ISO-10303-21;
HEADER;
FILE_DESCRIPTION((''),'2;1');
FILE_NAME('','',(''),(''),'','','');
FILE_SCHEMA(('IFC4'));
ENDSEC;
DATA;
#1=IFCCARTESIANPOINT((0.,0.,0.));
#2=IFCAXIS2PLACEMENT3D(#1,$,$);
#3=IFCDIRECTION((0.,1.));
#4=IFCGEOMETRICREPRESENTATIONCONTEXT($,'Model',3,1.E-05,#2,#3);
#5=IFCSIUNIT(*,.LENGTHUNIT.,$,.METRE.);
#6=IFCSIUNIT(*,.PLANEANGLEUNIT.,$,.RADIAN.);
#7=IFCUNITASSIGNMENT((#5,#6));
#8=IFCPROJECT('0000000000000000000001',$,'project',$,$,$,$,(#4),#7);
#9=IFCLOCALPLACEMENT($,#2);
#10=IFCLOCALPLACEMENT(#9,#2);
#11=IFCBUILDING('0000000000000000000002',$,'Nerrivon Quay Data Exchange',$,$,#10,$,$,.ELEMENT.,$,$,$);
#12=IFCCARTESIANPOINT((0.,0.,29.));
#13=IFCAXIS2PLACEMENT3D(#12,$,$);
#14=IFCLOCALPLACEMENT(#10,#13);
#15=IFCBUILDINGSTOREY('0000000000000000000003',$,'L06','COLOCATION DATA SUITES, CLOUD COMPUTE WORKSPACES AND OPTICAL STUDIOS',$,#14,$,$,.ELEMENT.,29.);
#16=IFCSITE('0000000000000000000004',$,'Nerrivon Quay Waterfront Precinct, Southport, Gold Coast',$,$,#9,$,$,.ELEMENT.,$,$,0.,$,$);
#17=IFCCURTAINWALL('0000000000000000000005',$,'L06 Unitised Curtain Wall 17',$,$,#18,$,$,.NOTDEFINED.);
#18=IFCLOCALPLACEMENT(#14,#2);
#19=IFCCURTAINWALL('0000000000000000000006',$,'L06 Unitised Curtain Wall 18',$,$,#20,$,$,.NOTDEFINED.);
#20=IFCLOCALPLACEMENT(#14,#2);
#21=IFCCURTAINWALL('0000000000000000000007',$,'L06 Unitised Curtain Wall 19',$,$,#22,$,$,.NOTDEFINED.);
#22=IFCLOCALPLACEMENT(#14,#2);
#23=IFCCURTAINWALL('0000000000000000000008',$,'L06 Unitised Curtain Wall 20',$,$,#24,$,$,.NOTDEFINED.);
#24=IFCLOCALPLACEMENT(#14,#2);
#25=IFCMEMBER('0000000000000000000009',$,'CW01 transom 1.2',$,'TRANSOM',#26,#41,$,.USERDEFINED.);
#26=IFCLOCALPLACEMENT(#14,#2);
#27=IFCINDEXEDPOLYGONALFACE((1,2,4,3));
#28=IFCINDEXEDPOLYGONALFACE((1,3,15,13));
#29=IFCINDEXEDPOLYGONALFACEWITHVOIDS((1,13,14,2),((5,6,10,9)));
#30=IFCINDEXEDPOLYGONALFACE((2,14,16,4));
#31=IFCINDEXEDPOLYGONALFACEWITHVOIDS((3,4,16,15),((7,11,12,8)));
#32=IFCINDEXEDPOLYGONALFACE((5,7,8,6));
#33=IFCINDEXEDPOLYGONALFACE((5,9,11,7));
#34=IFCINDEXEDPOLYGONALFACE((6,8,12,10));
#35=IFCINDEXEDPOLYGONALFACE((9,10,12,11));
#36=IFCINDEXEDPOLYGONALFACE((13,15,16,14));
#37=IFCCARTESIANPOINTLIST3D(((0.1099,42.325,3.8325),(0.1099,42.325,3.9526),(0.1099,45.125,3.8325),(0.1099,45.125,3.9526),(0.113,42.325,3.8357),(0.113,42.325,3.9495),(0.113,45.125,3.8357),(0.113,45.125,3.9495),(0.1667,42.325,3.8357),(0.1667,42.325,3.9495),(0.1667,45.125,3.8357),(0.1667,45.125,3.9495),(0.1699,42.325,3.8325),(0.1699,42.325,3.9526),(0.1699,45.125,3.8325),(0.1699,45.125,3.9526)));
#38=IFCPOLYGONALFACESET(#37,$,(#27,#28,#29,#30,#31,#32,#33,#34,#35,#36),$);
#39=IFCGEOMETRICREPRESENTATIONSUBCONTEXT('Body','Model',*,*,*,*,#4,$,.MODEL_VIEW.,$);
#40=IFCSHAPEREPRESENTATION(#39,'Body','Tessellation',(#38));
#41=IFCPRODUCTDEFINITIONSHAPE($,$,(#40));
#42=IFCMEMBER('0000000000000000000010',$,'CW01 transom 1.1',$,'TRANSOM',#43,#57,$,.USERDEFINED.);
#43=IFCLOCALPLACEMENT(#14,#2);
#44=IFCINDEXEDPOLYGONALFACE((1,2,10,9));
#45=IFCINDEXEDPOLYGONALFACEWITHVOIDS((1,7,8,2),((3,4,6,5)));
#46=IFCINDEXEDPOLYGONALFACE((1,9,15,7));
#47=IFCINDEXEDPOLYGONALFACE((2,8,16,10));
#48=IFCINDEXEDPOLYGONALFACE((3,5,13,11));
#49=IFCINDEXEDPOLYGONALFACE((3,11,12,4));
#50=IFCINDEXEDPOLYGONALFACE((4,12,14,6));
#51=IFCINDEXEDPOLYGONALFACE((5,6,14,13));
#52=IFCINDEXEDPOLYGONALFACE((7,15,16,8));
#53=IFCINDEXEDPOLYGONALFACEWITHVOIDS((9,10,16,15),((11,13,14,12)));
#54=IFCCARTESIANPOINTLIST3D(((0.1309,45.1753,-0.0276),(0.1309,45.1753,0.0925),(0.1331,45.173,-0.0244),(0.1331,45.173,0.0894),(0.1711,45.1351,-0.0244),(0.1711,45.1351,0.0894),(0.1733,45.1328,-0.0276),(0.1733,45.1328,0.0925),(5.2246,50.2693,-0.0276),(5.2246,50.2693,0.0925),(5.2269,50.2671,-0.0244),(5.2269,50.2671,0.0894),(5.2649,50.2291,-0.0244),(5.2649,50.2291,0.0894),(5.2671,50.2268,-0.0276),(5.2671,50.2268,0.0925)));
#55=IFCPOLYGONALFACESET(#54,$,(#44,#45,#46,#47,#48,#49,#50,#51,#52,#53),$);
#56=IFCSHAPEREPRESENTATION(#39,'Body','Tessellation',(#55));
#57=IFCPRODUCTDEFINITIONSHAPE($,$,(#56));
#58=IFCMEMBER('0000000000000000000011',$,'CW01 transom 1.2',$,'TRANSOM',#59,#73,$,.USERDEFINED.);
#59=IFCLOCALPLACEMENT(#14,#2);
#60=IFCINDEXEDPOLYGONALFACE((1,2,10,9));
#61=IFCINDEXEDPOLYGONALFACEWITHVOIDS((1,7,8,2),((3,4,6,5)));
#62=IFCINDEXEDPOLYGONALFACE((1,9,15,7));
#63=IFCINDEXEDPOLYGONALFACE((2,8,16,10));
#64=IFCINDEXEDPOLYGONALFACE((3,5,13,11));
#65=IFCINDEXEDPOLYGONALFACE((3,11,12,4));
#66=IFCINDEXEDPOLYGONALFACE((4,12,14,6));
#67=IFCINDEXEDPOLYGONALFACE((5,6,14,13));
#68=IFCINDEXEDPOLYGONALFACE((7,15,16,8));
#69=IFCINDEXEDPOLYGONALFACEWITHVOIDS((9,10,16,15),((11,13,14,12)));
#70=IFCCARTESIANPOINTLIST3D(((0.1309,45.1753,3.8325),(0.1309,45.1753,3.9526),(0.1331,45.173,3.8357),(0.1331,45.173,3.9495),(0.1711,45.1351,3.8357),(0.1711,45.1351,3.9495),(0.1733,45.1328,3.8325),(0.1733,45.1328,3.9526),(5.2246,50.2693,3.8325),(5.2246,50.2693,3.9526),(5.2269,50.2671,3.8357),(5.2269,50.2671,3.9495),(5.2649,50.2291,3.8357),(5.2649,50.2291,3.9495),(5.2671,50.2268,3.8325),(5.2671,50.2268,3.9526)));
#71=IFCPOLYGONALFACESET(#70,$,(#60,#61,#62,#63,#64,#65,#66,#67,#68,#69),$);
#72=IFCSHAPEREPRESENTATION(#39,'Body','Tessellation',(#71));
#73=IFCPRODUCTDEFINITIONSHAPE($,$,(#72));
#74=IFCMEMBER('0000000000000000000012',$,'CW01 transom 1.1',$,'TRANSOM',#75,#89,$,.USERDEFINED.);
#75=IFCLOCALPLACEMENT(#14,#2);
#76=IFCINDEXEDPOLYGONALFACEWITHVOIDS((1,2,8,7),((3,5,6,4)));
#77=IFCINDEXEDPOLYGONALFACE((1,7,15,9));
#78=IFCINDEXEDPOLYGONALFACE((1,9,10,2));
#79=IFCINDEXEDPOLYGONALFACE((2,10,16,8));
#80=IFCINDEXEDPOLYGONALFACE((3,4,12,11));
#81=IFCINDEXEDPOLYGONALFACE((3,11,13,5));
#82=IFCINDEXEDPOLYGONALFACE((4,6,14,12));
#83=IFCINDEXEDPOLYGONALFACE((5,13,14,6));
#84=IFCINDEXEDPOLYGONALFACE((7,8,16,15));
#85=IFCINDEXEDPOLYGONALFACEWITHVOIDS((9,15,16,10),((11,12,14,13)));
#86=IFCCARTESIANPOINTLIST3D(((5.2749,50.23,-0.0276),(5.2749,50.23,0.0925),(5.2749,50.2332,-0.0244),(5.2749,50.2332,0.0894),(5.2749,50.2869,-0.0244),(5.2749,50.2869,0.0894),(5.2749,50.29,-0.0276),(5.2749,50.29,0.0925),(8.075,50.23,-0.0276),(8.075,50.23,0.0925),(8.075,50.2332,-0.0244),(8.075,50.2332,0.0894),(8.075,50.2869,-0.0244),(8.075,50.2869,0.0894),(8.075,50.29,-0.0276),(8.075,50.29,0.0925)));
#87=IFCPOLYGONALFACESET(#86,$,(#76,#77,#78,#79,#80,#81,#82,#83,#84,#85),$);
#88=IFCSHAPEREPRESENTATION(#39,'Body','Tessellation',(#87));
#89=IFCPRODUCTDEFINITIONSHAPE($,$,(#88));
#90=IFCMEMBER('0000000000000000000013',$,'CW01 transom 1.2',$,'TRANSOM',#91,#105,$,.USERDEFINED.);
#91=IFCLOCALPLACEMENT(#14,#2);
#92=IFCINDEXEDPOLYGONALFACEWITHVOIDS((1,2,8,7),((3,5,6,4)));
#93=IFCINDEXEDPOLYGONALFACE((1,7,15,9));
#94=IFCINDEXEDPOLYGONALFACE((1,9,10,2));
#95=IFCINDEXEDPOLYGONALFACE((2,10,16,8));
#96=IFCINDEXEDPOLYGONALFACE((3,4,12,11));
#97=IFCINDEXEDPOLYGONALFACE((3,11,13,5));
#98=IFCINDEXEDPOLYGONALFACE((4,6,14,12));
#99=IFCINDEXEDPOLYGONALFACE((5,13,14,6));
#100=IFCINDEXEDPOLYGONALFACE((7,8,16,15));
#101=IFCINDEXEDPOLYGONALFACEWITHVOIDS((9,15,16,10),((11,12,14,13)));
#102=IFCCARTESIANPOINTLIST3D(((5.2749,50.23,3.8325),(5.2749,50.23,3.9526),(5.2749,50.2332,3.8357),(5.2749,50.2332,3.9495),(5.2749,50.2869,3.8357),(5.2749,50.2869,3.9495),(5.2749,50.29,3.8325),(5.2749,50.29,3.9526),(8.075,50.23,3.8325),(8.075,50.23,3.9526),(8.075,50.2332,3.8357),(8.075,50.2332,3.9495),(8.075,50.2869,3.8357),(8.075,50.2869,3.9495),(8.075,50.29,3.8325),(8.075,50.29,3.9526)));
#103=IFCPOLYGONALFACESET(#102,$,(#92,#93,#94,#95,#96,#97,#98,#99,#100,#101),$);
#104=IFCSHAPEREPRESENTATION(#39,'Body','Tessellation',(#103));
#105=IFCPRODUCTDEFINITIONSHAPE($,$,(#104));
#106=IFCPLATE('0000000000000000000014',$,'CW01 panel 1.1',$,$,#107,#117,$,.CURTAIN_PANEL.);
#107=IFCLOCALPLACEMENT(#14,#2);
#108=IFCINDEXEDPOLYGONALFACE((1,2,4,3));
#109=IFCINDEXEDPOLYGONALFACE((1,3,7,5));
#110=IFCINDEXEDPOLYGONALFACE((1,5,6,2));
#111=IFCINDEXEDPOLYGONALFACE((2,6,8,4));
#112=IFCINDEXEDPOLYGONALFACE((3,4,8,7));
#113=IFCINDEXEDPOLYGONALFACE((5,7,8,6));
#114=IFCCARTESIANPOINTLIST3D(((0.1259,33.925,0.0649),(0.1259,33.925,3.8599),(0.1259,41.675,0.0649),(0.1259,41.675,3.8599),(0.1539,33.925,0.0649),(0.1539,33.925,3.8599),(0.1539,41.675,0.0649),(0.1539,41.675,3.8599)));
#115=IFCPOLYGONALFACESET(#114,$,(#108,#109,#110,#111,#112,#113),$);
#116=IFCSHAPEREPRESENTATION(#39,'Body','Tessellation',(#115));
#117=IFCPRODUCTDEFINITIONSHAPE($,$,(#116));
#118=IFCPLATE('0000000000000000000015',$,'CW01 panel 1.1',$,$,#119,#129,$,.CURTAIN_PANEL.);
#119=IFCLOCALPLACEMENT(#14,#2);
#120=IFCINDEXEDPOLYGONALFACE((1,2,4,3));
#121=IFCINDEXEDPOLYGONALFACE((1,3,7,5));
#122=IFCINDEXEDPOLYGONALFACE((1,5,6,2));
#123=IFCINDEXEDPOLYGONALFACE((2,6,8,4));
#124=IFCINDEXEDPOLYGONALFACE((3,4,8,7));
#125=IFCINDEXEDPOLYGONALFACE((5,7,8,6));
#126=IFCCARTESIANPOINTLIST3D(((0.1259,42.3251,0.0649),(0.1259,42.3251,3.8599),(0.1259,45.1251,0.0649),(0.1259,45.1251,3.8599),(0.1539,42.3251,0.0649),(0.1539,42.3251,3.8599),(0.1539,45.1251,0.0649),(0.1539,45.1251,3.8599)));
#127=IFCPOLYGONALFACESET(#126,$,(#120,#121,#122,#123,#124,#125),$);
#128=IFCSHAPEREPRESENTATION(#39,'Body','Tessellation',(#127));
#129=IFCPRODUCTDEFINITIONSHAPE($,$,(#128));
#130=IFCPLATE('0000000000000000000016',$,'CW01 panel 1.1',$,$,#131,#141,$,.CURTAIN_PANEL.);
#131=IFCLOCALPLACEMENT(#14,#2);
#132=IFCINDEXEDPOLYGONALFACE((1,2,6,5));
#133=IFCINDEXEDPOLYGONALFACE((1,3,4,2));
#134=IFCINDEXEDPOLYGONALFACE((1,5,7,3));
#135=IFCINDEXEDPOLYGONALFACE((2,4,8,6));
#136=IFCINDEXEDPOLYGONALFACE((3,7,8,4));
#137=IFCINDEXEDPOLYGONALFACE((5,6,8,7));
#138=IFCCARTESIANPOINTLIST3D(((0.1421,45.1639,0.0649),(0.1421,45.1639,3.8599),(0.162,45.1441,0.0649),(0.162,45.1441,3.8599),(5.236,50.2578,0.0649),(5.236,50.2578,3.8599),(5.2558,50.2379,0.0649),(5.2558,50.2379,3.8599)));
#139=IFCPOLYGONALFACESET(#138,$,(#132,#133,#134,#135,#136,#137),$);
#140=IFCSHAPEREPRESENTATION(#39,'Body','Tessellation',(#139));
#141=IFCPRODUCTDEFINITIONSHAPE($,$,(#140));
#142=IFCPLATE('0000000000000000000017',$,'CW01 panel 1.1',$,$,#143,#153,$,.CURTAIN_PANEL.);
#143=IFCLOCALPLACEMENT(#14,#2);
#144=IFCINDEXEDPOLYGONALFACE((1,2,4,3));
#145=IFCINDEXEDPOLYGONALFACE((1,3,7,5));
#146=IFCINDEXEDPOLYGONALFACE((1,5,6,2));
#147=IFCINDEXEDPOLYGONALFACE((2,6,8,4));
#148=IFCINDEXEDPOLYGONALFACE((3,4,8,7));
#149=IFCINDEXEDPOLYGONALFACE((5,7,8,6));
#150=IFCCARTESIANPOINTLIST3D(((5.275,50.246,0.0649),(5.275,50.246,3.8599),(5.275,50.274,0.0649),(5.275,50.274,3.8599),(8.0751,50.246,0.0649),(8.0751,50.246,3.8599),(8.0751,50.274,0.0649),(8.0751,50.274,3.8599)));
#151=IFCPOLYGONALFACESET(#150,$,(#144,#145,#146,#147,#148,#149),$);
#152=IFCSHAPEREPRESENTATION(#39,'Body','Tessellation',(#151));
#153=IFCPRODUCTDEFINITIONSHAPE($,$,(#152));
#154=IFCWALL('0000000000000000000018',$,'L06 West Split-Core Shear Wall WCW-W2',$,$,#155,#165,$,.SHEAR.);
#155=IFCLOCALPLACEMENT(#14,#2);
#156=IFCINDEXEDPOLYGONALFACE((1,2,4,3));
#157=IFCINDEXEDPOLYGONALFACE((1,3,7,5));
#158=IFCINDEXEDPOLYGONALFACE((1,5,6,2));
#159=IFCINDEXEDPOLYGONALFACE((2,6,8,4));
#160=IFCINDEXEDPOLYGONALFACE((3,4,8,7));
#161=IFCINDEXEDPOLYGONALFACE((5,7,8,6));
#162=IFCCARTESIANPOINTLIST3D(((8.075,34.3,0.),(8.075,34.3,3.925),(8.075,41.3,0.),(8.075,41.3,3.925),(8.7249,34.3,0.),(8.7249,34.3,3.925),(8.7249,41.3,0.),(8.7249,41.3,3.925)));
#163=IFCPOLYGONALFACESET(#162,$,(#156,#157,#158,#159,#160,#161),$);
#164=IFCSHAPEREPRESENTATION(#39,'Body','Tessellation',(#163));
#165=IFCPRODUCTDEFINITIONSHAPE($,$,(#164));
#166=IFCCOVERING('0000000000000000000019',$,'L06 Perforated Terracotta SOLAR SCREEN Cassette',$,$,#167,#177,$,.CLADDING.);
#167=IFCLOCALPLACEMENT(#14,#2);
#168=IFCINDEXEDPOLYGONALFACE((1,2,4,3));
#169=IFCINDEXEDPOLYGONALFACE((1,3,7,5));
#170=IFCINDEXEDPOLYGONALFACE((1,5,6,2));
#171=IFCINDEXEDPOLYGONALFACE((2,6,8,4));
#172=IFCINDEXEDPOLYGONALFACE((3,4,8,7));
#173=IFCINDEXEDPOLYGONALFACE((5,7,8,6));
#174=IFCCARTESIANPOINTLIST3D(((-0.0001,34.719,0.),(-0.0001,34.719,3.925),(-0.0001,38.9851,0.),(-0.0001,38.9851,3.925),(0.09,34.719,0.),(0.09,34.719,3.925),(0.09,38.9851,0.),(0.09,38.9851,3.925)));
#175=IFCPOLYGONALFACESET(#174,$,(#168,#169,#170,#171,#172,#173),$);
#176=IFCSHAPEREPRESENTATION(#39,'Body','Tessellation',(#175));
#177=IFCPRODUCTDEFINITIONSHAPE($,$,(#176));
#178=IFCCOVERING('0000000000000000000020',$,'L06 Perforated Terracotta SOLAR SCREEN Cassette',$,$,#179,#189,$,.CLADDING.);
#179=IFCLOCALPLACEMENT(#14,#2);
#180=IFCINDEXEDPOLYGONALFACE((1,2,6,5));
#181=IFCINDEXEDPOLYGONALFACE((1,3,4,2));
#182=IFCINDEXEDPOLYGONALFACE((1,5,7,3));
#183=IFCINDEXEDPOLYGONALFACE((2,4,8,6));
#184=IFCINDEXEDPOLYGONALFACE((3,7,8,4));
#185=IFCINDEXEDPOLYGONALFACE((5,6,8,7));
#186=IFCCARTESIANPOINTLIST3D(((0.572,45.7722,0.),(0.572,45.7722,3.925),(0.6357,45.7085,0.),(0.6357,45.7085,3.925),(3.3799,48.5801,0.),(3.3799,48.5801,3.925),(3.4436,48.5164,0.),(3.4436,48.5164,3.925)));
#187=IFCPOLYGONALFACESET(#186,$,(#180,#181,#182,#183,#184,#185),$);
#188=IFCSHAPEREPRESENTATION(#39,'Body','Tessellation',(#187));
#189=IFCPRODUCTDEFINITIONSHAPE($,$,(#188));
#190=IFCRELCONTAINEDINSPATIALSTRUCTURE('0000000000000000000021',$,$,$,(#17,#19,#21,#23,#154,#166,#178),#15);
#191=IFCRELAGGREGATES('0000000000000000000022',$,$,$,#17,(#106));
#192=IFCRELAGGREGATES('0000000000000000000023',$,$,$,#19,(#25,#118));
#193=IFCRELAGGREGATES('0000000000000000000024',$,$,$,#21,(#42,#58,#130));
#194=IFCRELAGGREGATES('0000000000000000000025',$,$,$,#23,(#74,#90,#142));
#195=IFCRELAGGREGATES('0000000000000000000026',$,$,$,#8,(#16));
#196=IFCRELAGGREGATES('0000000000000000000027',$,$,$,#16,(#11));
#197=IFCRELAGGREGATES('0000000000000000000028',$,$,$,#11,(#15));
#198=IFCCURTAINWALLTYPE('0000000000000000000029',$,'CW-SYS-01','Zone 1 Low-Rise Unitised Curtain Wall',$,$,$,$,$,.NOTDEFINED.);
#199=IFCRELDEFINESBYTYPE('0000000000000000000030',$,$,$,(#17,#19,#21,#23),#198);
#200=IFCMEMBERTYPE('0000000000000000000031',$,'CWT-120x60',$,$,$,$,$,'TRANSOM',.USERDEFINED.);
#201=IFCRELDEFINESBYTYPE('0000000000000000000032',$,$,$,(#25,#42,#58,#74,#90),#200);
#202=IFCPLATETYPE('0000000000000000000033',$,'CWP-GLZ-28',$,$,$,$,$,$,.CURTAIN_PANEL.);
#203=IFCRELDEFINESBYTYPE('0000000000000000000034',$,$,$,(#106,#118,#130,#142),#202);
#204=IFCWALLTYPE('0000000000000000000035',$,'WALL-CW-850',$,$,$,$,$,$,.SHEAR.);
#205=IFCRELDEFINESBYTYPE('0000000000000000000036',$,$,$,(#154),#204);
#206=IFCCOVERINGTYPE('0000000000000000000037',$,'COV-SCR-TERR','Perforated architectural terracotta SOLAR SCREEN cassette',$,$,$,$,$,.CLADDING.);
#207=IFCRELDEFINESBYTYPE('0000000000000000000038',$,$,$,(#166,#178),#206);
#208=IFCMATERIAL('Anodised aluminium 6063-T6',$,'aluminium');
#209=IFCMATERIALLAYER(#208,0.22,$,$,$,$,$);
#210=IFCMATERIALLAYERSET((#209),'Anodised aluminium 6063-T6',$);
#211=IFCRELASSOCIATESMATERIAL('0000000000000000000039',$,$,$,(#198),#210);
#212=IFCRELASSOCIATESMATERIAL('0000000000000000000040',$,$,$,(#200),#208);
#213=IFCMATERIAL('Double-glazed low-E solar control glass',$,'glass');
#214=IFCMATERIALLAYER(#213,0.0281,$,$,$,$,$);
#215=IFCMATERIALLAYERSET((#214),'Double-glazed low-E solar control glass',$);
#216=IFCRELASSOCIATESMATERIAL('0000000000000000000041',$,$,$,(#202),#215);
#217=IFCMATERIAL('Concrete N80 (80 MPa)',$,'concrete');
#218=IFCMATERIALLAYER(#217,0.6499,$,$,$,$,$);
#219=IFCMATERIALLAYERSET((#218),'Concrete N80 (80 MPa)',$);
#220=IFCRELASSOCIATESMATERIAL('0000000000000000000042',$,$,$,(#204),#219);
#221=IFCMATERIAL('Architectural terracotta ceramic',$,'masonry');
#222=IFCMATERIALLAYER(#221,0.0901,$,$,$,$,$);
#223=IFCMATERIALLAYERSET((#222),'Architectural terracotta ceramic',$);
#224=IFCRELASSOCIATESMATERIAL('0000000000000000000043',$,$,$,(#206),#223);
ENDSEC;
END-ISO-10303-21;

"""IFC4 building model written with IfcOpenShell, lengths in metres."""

from ifc_helpers import new_model, si_unit, direction, frame, frame_2d, origin, origin_2d, place, context, subcontext, project, spatial, rectangle, hollow_rectangle, extrude, material, layer, layer_set, material_profile, profile_set, type_object, element, aggregate, save


model = new_model("IFC4")

# Units and contexts
model_context = context("Model", 3, precision=1e-05, world=origin(), true_north=direction((0.0, 1.0)))
body_context = subcontext(model_context, "Body", "Model", "MODEL_VIEW")
ifc_project = project(units=[si_unit("LENGTHUNIT", "METRE"), si_unit("PLANEANGLEUNIT", "RADIAN")], contexts=[model_context])

# Site, building, storey
site_placement = place(None, origin())
site = spatial("IfcSite", under=ifc_project, at=site_placement, Name="Nerrivon Quay Waterfront Precinct, Southport, Gold Coast", CompositionType="ELEMENT", RefElevation=0.0)
building_placement = place(site_placement, origin())
building = spatial("IfcBuilding", under=site, at=building_placement, Name="Nerrivon Quay Data Exchange", CompositionType="ELEMENT")
storey_placement = place(building_placement, frame((0.0, 0.0, 29.0)))
storey = spatial("IfcBuildingStorey", under=building, at=storey_placement, Name="L06", Description="COLOCATION DATA SUITES, CLOUD COMPUTE WORKSPACES AND OPTICAL STUDIOS", CompositionType="ELEMENT", Elevation=29.0)

# Shared definitions
ifc_material_1 = material(Name="Concrete N80 (80 MPa)", Category="concrete")

# Curtain wall
ifc_material_2 = material(Name="Anodised aluminium 6063-T6", Category="aluminium")
ifc_layer_1 = layer(ifc_material_2, 0.22)
ifc_layer_set_1 = layer_set([ifc_layer_1], Name="Anodised aluminium 6063-T6")
curtain_wall_type = type_object("IfcCurtainWallType", Name="CW-SYS-01", Description="Zone 1 Low-Rise Unitised Curtain Wall", PredefinedType="NOTDEFINED", material=ifc_layer_set_1)
curtain_wall_1_placement = place(storey_placement, origin())
curtain_wall_1 = element("IfcCurtainWall", 1, at=curtain_wall_1_placement, inside=storey, type_object=curtain_wall_type, Name="L06 Unitised Curtain Wall 17", PredefinedType="NOTDEFINED")

# Curtain walls
curtain_wall_2_placement = place(storey_placement, origin())
curtain_wall_2 = element("IfcCurtainWall", 2, at=curtain_wall_2_placement, inside=storey, type_object=curtain_wall_type, Name="L06 Unitised Curtain Wall 18", PredefinedType="NOTDEFINED")
curtain_wall_3_placement = place(storey_placement, origin())
curtain_wall_3 = element("IfcCurtainWall", 3, at=curtain_wall_3_placement, inside=storey, type_object=curtain_wall_type, Name="L06 Unitised Curtain Wall 19", PredefinedType="NOTDEFINED")
curtain_wall_4_placement = place(storey_placement, origin())
curtain_wall_4 = element("IfcCurtainWall", 4, at=curtain_wall_4_placement, inside=storey, type_object=curtain_wall_type, Name="L06 Unitised Curtain Wall 20", PredefinedType="NOTDEFINED")

# Members
ifc_material_profile_1 = material_profile(ifc_material_2, hollow_rectangle(XDim=0.0601, YDim=0.1201, WallThickness=0.0032, at=origin_2d()), Name="ALU-TRAN-120x60")
ifc_profile_set_1 = profile_set([ifc_material_profile_1], Name="Anodised aluminium 6063-T6")
member_type_1 = type_object("IfcMemberType", Name="CWT-120x60", ElementType="TRANSOM", PredefinedType="USERDEFINED", material=ifc_profile_set_1)
member_1_placement = place(storey_placement, frame((0.1399, 42.325, 3.8926), z_axis=(0.0, 1.0, 0.0), x_axis=(-1.0, 0.0, 0.0)))
member_1 = element("IfcMember", 5, at=member_1_placement, type_object=member_type_1, Name="CW01 transom 1.2", ObjectType="TRANSOM", PredefinedType="USERDEFINED", context=body_context, shape_type="SweptSolid", body=[
    extrude(hollow_rectangle(XDim=0.0601, YDim=0.1201, WallThickness=0.0032, at=origin_2d()), origin(), (0.0, 0.0, 1.0), 2.8),
])
member_2_placement = place(storey_placement, frame((0.1521, 45.1541, 0.0325), z_axis=(0.70709, 0.707124, 0.0), x_axis=(-0.707124, 0.70709, 0.0)))
member_2 = element("IfcMember", 6, at=member_2_placement, type_object=member_type_1, Name="CW01 transom 1.1", ObjectType="TRANSOM", PredefinedType="USERDEFINED", context=body_context, shape_type="SweptSolid", body=[
    extrude(hollow_rectangle(XDim=0.0601, YDim=0.1201, WallThickness=0.0032, at=origin_2d()), origin(), (0.0, 0.0, 1.0), 7.2039),
])
member_3_placement = place(storey_placement, frame((0.1521, 45.1541, 3.8926), z_axis=(0.70709, 0.707124, 0.0), x_axis=(-0.707124, 0.70709, 0.0)))
member_3 = element("IfcMember", 7, at=member_3_placement, type_object=member_type_1, Name="CW01 transom 1.2", ObjectType="TRANSOM", PredefinedType="USERDEFINED", context=body_context, shape_type="SweptSolid", body=[
    extrude(hollow_rectangle(XDim=0.0601, YDim=0.1201, WallThickness=0.0032, at=origin_2d()), origin(), (0.0, 0.0, 1.0), 7.2039),
])
member_4_placement = place(storey_placement, frame((5.2749, 50.26, 0.0325), z_axis=(1.0, 0.0, 0.0), x_axis=(0.0, 1.0, 0.0)))
member_4 = element("IfcMember", 8, at=member_4_placement, type_object=member_type_1, Name="CW01 transom 1.1", ObjectType="TRANSOM", PredefinedType="USERDEFINED", context=body_context, shape_type="SweptSolid", body=[
    extrude(hollow_rectangle(XDim=0.0601, YDim=0.1201, WallThickness=0.0032, at=origin_2d()), origin(), (0.0, 0.0, 1.0), 2.8),
])
member_5_placement = place(storey_placement, frame((5.2749, 50.26, 3.8926), z_axis=(1.0, 0.0, 0.0), x_axis=(0.0, 1.0, 0.0)))
member_5 = element("IfcMember", 9, at=member_5_placement, type_object=member_type_1, Name="CW01 transom 1.2", ObjectType="TRANSOM", PredefinedType="USERDEFINED", context=body_context, shape_type="SweptSolid", body=[
    extrude(hollow_rectangle(XDim=0.0601, YDim=0.1201, WallThickness=0.0032, at=origin_2d()), origin(), (0.0, 0.0, 1.0), 2.8),
])

# Plates
ifc_material_3 = material(Name="Double-glazed low-E solar control glass", Category="glass")
ifc_layer_2 = layer(ifc_material_3, 0.0281)
ifc_layer_set_2 = layer_set([ifc_layer_2], Name="Double-glazed low-E solar control glass")
plate_type = type_object("IfcPlateType", Name="CWP-GLZ-28", PredefinedType="CURTAIN_PANEL", material=ifc_layer_set_2)
plate_1_placement = place(storey_placement, frame((0.1399, 37.8, 0.0649), z_axis=(0.0, 0.0, 1.0), x_axis=(0.0, 1.0, 0.0)))
plate_1 = element("IfcPlate", 10, at=plate_1_placement, type_object=plate_type, Name="CW01 panel 1.1", PredefinedType="CURTAIN_PANEL", context=body_context, shape_type="SweptSolid", body=[
    extrude(rectangle(XDim=7.75, YDim=0.0281, at=origin_2d()), origin(), (0.0, 0.0, 1.0), 3.7949),
])
aggregate(curtain_wall_1, [plate_1])
plate_2_placement = place(storey_placement, frame((0.1399, 43.7251, 0.0649), z_axis=(0.0, 0.0, 1.0), x_axis=(0.0, 1.0, 0.0)))
plate_2 = element("IfcPlate", 11, at=plate_2_placement, type_object=plate_type, Name="CW01 panel 1.1", PredefinedType="CURTAIN_PANEL", context=body_context, shape_type="SweptSolid", body=[
    extrude(rectangle(XDim=2.8, YDim=0.0281, at=origin_2d()), origin(), (0.0, 0.0, 1.0), 3.7949),
])
aggregate(curtain_wall_2, [member_1, plate_2])
plate_3_placement = place(storey_placement, frame((2.699, 47.7009, 0.0649), z_axis=(0.0, 0.0, 1.0), x_axis=(0.707107, 0.707107, 0.0)))
plate_3 = element("IfcPlate", 12, at=plate_3_placement, type_object=plate_type, Name="CW01 panel 1.1", PredefinedType="CURTAIN_PANEL", context=body_context, shape_type="SweptSolid", body=[
    extrude(rectangle(XDim=7.2039, YDim=0.0281, at=origin_2d()), origin(), (0.0, 0.0, 1.0), 3.7949),
])
aggregate(curtain_wall_3, [member_2, member_3, plate_3])
plate_4_placement = place(storey_placement, frame((6.675, 50.26, 0.0649), z_axis=(0.0, 0.0, 1.0), x_axis=(1.0, 0.0, 0.0)))
plate_4 = element("IfcPlate", 13, at=plate_4_placement, type_object=plate_type, Name="CW01 panel 1.1", PredefinedType="CURTAIN_PANEL", context=body_context, shape_type="SweptSolid", body=[
    extrude(rectangle(XDim=2.8, YDim=0.0281, at=origin_2d()), origin(), (0.0, 0.0, 1.0), 3.7949),
])
aggregate(curtain_wall_4, [member_4, member_5, plate_4])

# Wall
ifc_layer_3 = layer(ifc_material_1, 0.6499)
ifc_layer_set_3 = layer_set([ifc_layer_3], Name="Concrete N80 (80 MPa)")
wall_type = type_object("IfcWallType", Name="WALL-CW-850", PredefinedType="SHEAR", material=ifc_layer_set_3)
wall_placement = place(storey_placement, frame((8.3999, 34.3, 0.0), z_axis=(0.0, 0.0, 1.0), x_axis=(0.0, 1.0, 0.0)))
element("IfcWall", 14, at=wall_placement, inside=storey, type_object=wall_type, Name="L06 West Split-Core Shear Wall WCW-W2", PredefinedType="SHEAR", context=body_context, shape_type="SweptSolid", body=[
    extrude(rectangle(XDim=7.0, YDim=0.6499, at=frame_2d((3.5, 0.0))), origin(), (0.0, 0.0, 1.0), 3.925),
])

# Coverings
ifc_material_4 = material(Name="Architectural terracotta ceramic", Category="masonry")
ifc_layer_4 = layer(ifc_material_4, 0.0901)
ifc_layer_set_4 = layer_set([ifc_layer_4], Name="Architectural terracotta ceramic")
covering_type = type_object("IfcCoveringType", Name="COV-SCR-TERR", Description="Perforated architectural terracotta SOLAR SCREEN cassette", PredefinedType="CLADDING", material=ifc_layer_set_4)
covering_1_placement = place(storey_placement, frame((0.0449, 36.8521, 0.0), z_axis=(0.0, 0.0, 1.0), x_axis=(0.0, 1.0, 0.0)))
element("IfcCovering", 15, at=covering_1_placement, inside=storey, type_object=covering_type, Name="L06 Perforated Terracotta SOLAR SCREEN Cassette", PredefinedType="CLADDING", context=body_context, shape_type="SweptSolid", body=[
    extrude(rectangle(XDim=4.2661, YDim=0.0901, at=origin_2d()), origin(), (0.0, 0.0, 1.0), 3.925),
])
covering_2_placement = place(storey_placement, frame((2.0078, 47.1443, 0.0), z_axis=(0.0, 0.0, 1.0), x_axis=(0.707107, 0.707107, 0.0)))
element("IfcCovering", 16, at=covering_2_placement, inside=storey, type_object=covering_type, Name="L06 Perforated Terracotta SOLAR SCREEN Cassette", PredefinedType="CLADDING", context=body_context, shape_type="SweptSolid", body=[
    extrude(rectangle(XDim=3.9709, YDim=0.0901, at=origin_2d()), origin(), (0.0, 0.0, 1.0), 3.925),
])

save(model, "model.ifc")
